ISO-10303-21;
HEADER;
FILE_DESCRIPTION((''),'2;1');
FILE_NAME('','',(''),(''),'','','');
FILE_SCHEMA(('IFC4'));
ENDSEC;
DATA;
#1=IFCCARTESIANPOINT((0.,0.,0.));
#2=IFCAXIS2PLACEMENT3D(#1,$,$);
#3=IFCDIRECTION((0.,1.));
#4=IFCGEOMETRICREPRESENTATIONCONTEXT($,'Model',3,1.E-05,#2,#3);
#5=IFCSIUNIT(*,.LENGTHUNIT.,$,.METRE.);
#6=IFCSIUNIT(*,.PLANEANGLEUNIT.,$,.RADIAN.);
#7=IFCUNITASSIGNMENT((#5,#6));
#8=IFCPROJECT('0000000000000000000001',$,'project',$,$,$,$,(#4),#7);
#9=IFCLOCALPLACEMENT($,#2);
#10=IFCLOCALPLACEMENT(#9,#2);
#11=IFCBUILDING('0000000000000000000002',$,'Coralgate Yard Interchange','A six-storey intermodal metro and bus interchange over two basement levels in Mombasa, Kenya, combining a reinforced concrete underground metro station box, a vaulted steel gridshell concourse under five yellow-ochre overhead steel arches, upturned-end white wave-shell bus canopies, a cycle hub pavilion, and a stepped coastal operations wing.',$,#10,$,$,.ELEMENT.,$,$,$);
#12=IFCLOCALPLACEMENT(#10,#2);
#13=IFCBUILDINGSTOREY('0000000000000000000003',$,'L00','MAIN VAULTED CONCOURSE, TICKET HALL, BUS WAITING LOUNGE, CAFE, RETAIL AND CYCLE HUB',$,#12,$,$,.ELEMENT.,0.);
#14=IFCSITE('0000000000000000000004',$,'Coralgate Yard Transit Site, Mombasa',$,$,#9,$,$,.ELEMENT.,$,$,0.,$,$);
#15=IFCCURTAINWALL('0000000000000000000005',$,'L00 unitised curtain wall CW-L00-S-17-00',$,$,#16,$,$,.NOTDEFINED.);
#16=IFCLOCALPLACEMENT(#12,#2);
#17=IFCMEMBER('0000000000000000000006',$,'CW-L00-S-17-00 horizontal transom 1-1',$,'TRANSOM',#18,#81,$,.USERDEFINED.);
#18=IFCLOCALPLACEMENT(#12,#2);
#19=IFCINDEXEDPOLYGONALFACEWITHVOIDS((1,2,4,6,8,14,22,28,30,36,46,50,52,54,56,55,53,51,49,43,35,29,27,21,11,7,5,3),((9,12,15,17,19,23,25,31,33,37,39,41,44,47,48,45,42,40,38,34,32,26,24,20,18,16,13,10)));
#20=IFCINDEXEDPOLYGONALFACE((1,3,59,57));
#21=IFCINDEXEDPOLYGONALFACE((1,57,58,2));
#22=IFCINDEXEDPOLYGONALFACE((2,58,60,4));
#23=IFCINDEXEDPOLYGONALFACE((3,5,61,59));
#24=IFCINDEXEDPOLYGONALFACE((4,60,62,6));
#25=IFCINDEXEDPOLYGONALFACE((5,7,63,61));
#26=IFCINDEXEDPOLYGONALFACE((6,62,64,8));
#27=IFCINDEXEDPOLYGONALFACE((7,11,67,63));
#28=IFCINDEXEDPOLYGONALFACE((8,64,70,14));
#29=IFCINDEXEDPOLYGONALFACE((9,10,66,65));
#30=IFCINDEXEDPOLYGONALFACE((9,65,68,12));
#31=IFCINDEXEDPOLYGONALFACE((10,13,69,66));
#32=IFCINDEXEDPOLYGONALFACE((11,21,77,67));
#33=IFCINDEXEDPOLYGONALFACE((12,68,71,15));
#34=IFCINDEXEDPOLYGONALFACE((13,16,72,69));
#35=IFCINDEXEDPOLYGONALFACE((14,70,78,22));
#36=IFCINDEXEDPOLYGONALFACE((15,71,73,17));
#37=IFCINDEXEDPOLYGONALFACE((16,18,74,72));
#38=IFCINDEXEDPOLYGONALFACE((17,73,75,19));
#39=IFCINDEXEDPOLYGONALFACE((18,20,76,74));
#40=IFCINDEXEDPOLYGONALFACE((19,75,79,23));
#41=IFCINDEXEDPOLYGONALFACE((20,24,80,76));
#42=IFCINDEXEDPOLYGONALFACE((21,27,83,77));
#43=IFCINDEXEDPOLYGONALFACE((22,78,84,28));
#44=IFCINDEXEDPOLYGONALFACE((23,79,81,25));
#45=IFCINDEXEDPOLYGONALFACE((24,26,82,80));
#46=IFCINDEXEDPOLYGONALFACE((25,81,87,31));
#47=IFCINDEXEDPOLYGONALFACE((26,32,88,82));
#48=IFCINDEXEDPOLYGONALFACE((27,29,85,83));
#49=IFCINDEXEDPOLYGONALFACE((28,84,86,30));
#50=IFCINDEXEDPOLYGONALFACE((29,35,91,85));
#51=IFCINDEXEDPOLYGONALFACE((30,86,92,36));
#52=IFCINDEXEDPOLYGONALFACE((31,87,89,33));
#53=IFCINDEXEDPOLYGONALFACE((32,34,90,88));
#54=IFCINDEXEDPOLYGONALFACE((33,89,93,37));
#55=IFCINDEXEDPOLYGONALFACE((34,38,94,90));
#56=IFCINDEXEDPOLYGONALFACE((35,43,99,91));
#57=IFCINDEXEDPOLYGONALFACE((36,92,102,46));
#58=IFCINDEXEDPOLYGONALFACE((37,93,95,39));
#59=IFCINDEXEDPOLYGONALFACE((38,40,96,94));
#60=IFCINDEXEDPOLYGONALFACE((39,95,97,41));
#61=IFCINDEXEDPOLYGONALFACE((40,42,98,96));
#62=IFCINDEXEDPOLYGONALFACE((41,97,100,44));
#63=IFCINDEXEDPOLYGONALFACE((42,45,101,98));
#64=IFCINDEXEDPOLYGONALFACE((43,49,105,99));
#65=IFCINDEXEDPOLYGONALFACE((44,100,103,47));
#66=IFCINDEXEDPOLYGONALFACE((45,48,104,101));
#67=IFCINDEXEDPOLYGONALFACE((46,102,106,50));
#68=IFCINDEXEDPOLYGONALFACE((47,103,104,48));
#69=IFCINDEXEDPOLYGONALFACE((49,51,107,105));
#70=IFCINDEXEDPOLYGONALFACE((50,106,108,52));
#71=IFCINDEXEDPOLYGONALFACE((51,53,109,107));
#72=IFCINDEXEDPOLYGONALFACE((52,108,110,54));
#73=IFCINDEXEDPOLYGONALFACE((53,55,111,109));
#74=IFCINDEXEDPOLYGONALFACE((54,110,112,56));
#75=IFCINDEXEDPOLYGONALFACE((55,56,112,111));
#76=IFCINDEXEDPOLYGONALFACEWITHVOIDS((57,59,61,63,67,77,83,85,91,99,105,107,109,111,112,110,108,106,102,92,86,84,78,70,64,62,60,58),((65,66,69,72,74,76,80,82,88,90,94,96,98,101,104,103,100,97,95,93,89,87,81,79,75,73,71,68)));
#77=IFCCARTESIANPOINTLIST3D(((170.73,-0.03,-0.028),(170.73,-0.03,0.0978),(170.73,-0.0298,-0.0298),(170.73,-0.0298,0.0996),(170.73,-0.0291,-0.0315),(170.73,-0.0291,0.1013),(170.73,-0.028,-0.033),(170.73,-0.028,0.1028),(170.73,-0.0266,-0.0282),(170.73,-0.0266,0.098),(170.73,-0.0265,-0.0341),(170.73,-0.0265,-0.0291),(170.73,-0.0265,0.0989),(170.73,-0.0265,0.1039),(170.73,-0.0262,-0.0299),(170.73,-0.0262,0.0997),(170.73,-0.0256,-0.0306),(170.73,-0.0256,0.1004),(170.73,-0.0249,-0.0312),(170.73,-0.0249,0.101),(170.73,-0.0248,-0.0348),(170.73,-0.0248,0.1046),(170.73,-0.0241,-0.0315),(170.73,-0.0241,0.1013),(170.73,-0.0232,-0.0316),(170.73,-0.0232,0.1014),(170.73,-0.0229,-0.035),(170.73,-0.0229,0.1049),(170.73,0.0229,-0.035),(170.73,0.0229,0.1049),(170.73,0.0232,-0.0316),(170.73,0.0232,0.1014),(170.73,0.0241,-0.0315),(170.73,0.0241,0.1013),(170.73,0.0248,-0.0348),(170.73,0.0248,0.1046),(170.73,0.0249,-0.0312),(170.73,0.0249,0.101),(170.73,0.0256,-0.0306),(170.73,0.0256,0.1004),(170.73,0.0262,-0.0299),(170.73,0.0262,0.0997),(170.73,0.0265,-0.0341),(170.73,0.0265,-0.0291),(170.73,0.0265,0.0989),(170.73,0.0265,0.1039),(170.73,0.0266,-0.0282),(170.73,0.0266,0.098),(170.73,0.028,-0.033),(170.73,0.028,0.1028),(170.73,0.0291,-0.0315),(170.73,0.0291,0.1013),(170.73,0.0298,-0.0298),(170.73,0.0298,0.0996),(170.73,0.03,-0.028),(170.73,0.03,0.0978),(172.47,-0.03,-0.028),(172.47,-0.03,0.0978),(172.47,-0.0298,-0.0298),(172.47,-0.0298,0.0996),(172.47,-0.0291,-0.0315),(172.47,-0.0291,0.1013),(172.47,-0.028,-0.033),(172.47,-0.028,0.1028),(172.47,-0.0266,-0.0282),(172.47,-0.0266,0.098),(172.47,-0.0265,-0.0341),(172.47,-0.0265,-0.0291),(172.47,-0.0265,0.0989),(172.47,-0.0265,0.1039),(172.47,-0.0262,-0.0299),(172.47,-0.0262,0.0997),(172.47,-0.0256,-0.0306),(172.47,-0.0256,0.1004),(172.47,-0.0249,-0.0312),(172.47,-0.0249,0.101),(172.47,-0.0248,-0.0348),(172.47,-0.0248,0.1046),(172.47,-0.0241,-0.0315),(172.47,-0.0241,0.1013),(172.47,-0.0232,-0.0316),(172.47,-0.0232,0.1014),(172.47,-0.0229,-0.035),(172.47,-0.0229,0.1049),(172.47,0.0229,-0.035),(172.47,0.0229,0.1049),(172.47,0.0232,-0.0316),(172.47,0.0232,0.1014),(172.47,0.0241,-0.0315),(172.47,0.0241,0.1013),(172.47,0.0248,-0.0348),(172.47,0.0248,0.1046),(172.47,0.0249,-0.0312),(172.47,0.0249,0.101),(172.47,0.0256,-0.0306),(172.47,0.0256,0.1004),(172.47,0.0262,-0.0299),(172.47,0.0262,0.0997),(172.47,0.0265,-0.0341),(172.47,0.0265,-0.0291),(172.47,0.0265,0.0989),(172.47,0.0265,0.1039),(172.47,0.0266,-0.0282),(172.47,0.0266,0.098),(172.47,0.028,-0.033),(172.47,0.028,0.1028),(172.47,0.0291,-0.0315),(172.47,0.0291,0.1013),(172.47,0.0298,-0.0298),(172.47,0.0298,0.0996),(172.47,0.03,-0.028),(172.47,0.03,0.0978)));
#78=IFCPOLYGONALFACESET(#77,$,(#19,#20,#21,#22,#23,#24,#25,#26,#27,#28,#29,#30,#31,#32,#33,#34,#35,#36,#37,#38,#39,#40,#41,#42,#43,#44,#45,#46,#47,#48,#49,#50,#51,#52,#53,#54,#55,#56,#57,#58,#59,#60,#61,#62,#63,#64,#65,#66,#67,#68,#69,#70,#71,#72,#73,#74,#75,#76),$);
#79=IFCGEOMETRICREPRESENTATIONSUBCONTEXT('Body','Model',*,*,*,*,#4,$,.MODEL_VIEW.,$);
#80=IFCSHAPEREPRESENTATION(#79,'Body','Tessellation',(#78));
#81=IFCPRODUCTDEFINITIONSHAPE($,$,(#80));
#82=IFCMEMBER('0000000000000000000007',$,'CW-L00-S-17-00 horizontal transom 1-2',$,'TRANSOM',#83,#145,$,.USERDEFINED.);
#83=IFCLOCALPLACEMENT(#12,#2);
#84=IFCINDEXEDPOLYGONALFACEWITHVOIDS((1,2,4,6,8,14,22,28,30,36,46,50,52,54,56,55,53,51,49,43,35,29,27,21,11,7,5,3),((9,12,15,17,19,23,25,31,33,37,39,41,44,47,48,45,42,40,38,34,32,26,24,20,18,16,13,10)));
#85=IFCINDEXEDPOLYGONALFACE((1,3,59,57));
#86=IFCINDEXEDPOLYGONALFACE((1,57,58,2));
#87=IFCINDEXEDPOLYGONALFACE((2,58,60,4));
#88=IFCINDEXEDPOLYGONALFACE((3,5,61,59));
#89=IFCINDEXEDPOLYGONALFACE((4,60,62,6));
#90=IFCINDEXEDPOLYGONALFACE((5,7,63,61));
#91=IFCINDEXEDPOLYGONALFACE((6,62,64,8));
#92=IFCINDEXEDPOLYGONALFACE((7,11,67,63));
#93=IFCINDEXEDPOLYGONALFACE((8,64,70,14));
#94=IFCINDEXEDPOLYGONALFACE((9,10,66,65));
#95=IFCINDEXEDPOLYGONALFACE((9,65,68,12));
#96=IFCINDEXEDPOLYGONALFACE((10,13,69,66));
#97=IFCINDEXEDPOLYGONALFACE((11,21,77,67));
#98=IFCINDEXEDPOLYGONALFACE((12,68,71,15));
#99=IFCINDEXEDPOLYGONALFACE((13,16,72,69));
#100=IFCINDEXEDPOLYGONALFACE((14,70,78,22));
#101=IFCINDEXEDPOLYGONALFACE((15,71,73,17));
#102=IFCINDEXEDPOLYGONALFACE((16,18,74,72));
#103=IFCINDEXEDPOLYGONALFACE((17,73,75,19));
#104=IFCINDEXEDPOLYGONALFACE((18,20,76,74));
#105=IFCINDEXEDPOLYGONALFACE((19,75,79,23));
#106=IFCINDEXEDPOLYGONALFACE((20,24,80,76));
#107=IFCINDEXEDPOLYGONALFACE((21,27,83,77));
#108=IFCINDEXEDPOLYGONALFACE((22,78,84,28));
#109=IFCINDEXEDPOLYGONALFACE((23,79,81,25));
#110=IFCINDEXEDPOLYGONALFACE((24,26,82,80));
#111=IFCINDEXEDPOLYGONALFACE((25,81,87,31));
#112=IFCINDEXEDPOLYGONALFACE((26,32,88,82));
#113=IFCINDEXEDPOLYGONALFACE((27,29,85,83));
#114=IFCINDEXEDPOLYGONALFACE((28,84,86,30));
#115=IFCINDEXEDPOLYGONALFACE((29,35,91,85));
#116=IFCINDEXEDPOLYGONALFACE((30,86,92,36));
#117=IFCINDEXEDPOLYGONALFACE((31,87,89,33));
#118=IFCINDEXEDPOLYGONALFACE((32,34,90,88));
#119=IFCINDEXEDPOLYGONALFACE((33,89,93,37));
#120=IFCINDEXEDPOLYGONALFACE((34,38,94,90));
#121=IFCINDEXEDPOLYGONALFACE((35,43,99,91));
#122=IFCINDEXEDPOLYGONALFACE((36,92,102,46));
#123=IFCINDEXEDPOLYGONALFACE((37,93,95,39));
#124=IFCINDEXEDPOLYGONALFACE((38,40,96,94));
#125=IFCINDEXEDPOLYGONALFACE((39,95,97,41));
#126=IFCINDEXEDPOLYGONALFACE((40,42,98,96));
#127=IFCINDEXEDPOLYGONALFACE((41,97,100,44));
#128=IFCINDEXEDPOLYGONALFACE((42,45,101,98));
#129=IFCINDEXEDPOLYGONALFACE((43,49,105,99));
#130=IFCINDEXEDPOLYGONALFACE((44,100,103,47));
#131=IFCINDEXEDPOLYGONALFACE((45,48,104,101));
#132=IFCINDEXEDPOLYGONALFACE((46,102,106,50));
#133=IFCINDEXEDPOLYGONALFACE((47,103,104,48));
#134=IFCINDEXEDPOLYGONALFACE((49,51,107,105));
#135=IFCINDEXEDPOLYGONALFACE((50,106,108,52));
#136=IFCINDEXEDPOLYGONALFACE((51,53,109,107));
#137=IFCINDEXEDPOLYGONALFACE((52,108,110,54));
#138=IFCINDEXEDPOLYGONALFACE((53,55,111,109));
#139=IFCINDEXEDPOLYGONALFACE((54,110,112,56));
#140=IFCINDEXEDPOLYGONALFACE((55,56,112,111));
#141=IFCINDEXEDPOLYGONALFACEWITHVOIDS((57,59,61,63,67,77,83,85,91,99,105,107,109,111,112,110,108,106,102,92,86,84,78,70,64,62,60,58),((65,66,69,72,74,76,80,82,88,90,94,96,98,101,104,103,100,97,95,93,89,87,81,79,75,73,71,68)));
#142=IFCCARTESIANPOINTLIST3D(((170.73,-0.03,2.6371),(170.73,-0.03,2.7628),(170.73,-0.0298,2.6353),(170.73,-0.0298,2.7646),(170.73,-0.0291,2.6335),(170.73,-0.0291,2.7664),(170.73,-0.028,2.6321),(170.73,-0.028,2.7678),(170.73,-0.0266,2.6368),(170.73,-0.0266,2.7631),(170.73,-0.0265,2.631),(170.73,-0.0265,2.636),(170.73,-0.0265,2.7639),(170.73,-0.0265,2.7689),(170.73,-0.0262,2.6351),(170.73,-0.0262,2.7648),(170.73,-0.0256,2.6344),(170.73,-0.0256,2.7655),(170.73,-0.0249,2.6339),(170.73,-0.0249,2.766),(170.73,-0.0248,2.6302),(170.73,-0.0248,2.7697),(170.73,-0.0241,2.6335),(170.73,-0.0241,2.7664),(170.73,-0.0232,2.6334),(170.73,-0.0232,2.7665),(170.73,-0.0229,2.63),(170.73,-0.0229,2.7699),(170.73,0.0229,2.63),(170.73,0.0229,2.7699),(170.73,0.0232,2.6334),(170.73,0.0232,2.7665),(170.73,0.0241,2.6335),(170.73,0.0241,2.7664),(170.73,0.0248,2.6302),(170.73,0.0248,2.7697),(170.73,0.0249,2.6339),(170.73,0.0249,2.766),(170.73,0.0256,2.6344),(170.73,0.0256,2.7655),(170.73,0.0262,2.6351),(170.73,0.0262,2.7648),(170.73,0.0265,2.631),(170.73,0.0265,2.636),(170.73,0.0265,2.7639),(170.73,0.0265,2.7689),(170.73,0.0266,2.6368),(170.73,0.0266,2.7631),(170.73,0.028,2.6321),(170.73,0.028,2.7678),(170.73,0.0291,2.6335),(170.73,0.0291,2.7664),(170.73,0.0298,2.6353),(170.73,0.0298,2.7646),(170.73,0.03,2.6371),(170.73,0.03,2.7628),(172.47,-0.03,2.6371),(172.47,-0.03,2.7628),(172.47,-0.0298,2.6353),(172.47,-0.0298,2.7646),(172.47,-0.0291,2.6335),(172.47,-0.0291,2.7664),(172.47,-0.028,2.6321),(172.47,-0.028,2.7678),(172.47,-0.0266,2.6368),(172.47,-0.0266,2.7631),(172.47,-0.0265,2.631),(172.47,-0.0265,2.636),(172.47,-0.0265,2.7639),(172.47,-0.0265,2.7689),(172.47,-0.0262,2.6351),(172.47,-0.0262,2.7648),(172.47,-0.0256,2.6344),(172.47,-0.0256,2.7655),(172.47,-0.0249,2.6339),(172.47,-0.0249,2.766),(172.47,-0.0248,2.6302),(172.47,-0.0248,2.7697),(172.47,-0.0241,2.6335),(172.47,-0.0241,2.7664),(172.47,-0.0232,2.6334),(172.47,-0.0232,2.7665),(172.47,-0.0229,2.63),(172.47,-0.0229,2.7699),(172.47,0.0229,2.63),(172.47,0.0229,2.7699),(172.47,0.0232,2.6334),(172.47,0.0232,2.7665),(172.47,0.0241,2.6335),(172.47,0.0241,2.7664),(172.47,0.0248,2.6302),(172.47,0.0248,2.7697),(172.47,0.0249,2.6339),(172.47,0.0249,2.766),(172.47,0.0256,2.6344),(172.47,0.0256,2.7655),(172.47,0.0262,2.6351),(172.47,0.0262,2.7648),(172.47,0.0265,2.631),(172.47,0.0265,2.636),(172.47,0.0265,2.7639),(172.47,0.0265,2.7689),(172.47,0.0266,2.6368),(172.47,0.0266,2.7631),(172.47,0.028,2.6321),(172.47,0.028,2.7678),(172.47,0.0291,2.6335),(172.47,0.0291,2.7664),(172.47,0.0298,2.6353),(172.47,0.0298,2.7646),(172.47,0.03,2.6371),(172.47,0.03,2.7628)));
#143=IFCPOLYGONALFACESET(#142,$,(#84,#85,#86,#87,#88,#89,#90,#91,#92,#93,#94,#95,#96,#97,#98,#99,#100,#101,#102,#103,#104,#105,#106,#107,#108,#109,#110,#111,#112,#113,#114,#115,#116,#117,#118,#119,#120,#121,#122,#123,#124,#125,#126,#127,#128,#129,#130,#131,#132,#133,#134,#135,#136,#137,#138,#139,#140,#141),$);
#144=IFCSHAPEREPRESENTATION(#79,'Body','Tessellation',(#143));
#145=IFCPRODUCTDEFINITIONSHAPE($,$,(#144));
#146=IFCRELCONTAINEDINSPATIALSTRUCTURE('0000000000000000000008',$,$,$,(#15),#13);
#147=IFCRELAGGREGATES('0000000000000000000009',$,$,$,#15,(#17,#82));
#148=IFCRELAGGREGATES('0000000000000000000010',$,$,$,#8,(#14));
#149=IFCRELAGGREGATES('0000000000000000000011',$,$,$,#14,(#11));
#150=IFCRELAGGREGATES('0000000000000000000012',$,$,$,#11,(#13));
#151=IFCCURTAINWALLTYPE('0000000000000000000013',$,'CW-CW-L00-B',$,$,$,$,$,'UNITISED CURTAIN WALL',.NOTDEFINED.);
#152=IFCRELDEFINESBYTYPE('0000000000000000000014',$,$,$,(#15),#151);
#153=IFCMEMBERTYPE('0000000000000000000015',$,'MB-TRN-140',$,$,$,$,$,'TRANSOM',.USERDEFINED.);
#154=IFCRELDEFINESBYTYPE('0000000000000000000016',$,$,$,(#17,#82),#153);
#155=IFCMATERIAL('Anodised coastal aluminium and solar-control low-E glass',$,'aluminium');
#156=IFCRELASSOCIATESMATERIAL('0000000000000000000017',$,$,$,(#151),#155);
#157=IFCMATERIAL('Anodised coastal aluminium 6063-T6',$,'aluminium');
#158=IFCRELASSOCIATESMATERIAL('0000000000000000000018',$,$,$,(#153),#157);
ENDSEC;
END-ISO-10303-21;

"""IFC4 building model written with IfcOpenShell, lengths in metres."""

from ifc_helpers import new_model, si_unit, direction, frame, origin, origin_2d, place, context, subcontext, project, spatial, hollow_rectangle, extrude, material, material_profile, profile_set, type_object, element, aggregate, save


model = new_model("IFC4")

# Units and contexts
model_context = context("Model", 3, precision=1e-05, world=origin(), true_north=direction((0.0, 1.0)))
body_context = subcontext(model_context, "Body", "Model", "MODEL_VIEW")
ifc_project = project(units=[si_unit("LENGTHUNIT", "METRE"), si_unit("PLANEANGLEUNIT", "RADIAN")], contexts=[model_context])

# Site, building, storey
site_placement = place(None, origin())
site = spatial("IfcSite", under=ifc_project, at=site_placement, Name="Coralgate Yard Transit Site, Mombasa", CompositionType="ELEMENT", RefElevation=0.0)
building_placement = place(site_placement, origin())
building = spatial("IfcBuilding", under=site, at=building_placement, Name="Coralgate Yard Interchange", Description="A six-storey intermodal metro and bus interchange over two basement levels in Mombasa, Kenya, combining a reinforced concrete underground metro station box, a vaulted steel gridshell concourse under five yellow-ochre overhead steel arches, upturned-end white wave-shell bus canopies, a cycle hub pavilion, and a stepped coastal operations wing.", CompositionType="ELEMENT")
storey_placement = place(building_placement, origin())
storey = spatial("IfcBuildingStorey", under=building, at=storey_placement, Name="L00", Description="MAIN VAULTED CONCOURSE, TICKET HALL, BUS WAITING LOUNGE, CAFE, RETAIL AND CYCLE HUB", CompositionType="ELEMENT", Elevation=0.0)

# Curtain wall, members
ifc_material_1 = material(Name="Anodised coastal aluminium and solar-control low-E glass", Category="aluminium")
curtain_wall_type = type_object("IfcCurtainWallType", Name="CW-CW-L00-B", ElementType="UNITISED CURTAIN WALL", PredefinedType="NOTDEFINED", material=ifc_material_1)
curtain_wall_placement = place(storey_placement, origin())
curtain_wall = element("IfcCurtainWall", 1, at=curtain_wall_placement, inside=storey, type_object=curtain_wall_type, Name="L00 unitised curtain wall CW-L00-S-17-00", PredefinedType="NOTDEFINED")
ifc_material_2 = material(Name="Anodised coastal aluminium 6063-T6", Category="aluminium")
ifc_material_profile_1 = material_profile(ifc_material_2, hollow_rectangle(XDim=0.0601, YDim=0.1399, WallThickness=0.0034, InnerFilletRadius=0.0034, OuterFilletRadius=0.0071, at=origin_2d()), Name="ALU 60x140x3.5")
ifc_profile_set_1 = profile_set([ifc_material_profile_1], Name="Anodised coastal aluminium 6063-T6")
member_type_1 = type_object("IfcMemberType", Name="MB-TRN-140", ElementType="TRANSOM", PredefinedType="USERDEFINED", material=ifc_profile_set_1)
member_1_placement = place(storey_placement, frame((172.47, 0.0, 0.0349), z_axis=(-1.0, 0.0, 0.0), x_axis=(0.0, -1.0, 0.0)))
member_1 = element("IfcMember", 2, at=member_1_placement, type_object=member_type_1, Name="CW-L00-S-17-00 horizontal transom 1-1", ObjectType="TRANSOM", PredefinedType="USERDEFINED", context=body_context, shape_type="SweptSolid", body=[
    extrude(hollow_rectangle(XDim=0.0601, YDim=0.1399, WallThickness=0.0034, InnerFilletRadius=0.0034, OuterFilletRadius=0.0071, at=origin_2d()), origin(), (0.0, 0.0, 1.0), 1.74),
])
member_2_placement = place(storey_placement, frame((172.47, 0.0, 2.7), z_axis=(-1.0, 0.0, 0.0), x_axis=(0.0, -1.0, 0.0)))
member_2 = element("IfcMember", 3, at=member_2_placement, type_object=member_type_1, Name="CW-L00-S-17-00 horizontal transom 1-2", ObjectType="TRANSOM", PredefinedType="USERDEFINED", context=body_context, shape_type="SweptSolid", body=[
    extrude(hollow_rectangle(XDim=0.0601, YDim=0.1399, WallThickness=0.0034, InnerFilletRadius=0.0034, OuterFilletRadius=0.0071, at=origin_2d()), origin(), (0.0, 0.0, 1.0), 1.74),
])
aggregate(curtain_wall, [member_1, member_2])

save(model, "model.ifc")
